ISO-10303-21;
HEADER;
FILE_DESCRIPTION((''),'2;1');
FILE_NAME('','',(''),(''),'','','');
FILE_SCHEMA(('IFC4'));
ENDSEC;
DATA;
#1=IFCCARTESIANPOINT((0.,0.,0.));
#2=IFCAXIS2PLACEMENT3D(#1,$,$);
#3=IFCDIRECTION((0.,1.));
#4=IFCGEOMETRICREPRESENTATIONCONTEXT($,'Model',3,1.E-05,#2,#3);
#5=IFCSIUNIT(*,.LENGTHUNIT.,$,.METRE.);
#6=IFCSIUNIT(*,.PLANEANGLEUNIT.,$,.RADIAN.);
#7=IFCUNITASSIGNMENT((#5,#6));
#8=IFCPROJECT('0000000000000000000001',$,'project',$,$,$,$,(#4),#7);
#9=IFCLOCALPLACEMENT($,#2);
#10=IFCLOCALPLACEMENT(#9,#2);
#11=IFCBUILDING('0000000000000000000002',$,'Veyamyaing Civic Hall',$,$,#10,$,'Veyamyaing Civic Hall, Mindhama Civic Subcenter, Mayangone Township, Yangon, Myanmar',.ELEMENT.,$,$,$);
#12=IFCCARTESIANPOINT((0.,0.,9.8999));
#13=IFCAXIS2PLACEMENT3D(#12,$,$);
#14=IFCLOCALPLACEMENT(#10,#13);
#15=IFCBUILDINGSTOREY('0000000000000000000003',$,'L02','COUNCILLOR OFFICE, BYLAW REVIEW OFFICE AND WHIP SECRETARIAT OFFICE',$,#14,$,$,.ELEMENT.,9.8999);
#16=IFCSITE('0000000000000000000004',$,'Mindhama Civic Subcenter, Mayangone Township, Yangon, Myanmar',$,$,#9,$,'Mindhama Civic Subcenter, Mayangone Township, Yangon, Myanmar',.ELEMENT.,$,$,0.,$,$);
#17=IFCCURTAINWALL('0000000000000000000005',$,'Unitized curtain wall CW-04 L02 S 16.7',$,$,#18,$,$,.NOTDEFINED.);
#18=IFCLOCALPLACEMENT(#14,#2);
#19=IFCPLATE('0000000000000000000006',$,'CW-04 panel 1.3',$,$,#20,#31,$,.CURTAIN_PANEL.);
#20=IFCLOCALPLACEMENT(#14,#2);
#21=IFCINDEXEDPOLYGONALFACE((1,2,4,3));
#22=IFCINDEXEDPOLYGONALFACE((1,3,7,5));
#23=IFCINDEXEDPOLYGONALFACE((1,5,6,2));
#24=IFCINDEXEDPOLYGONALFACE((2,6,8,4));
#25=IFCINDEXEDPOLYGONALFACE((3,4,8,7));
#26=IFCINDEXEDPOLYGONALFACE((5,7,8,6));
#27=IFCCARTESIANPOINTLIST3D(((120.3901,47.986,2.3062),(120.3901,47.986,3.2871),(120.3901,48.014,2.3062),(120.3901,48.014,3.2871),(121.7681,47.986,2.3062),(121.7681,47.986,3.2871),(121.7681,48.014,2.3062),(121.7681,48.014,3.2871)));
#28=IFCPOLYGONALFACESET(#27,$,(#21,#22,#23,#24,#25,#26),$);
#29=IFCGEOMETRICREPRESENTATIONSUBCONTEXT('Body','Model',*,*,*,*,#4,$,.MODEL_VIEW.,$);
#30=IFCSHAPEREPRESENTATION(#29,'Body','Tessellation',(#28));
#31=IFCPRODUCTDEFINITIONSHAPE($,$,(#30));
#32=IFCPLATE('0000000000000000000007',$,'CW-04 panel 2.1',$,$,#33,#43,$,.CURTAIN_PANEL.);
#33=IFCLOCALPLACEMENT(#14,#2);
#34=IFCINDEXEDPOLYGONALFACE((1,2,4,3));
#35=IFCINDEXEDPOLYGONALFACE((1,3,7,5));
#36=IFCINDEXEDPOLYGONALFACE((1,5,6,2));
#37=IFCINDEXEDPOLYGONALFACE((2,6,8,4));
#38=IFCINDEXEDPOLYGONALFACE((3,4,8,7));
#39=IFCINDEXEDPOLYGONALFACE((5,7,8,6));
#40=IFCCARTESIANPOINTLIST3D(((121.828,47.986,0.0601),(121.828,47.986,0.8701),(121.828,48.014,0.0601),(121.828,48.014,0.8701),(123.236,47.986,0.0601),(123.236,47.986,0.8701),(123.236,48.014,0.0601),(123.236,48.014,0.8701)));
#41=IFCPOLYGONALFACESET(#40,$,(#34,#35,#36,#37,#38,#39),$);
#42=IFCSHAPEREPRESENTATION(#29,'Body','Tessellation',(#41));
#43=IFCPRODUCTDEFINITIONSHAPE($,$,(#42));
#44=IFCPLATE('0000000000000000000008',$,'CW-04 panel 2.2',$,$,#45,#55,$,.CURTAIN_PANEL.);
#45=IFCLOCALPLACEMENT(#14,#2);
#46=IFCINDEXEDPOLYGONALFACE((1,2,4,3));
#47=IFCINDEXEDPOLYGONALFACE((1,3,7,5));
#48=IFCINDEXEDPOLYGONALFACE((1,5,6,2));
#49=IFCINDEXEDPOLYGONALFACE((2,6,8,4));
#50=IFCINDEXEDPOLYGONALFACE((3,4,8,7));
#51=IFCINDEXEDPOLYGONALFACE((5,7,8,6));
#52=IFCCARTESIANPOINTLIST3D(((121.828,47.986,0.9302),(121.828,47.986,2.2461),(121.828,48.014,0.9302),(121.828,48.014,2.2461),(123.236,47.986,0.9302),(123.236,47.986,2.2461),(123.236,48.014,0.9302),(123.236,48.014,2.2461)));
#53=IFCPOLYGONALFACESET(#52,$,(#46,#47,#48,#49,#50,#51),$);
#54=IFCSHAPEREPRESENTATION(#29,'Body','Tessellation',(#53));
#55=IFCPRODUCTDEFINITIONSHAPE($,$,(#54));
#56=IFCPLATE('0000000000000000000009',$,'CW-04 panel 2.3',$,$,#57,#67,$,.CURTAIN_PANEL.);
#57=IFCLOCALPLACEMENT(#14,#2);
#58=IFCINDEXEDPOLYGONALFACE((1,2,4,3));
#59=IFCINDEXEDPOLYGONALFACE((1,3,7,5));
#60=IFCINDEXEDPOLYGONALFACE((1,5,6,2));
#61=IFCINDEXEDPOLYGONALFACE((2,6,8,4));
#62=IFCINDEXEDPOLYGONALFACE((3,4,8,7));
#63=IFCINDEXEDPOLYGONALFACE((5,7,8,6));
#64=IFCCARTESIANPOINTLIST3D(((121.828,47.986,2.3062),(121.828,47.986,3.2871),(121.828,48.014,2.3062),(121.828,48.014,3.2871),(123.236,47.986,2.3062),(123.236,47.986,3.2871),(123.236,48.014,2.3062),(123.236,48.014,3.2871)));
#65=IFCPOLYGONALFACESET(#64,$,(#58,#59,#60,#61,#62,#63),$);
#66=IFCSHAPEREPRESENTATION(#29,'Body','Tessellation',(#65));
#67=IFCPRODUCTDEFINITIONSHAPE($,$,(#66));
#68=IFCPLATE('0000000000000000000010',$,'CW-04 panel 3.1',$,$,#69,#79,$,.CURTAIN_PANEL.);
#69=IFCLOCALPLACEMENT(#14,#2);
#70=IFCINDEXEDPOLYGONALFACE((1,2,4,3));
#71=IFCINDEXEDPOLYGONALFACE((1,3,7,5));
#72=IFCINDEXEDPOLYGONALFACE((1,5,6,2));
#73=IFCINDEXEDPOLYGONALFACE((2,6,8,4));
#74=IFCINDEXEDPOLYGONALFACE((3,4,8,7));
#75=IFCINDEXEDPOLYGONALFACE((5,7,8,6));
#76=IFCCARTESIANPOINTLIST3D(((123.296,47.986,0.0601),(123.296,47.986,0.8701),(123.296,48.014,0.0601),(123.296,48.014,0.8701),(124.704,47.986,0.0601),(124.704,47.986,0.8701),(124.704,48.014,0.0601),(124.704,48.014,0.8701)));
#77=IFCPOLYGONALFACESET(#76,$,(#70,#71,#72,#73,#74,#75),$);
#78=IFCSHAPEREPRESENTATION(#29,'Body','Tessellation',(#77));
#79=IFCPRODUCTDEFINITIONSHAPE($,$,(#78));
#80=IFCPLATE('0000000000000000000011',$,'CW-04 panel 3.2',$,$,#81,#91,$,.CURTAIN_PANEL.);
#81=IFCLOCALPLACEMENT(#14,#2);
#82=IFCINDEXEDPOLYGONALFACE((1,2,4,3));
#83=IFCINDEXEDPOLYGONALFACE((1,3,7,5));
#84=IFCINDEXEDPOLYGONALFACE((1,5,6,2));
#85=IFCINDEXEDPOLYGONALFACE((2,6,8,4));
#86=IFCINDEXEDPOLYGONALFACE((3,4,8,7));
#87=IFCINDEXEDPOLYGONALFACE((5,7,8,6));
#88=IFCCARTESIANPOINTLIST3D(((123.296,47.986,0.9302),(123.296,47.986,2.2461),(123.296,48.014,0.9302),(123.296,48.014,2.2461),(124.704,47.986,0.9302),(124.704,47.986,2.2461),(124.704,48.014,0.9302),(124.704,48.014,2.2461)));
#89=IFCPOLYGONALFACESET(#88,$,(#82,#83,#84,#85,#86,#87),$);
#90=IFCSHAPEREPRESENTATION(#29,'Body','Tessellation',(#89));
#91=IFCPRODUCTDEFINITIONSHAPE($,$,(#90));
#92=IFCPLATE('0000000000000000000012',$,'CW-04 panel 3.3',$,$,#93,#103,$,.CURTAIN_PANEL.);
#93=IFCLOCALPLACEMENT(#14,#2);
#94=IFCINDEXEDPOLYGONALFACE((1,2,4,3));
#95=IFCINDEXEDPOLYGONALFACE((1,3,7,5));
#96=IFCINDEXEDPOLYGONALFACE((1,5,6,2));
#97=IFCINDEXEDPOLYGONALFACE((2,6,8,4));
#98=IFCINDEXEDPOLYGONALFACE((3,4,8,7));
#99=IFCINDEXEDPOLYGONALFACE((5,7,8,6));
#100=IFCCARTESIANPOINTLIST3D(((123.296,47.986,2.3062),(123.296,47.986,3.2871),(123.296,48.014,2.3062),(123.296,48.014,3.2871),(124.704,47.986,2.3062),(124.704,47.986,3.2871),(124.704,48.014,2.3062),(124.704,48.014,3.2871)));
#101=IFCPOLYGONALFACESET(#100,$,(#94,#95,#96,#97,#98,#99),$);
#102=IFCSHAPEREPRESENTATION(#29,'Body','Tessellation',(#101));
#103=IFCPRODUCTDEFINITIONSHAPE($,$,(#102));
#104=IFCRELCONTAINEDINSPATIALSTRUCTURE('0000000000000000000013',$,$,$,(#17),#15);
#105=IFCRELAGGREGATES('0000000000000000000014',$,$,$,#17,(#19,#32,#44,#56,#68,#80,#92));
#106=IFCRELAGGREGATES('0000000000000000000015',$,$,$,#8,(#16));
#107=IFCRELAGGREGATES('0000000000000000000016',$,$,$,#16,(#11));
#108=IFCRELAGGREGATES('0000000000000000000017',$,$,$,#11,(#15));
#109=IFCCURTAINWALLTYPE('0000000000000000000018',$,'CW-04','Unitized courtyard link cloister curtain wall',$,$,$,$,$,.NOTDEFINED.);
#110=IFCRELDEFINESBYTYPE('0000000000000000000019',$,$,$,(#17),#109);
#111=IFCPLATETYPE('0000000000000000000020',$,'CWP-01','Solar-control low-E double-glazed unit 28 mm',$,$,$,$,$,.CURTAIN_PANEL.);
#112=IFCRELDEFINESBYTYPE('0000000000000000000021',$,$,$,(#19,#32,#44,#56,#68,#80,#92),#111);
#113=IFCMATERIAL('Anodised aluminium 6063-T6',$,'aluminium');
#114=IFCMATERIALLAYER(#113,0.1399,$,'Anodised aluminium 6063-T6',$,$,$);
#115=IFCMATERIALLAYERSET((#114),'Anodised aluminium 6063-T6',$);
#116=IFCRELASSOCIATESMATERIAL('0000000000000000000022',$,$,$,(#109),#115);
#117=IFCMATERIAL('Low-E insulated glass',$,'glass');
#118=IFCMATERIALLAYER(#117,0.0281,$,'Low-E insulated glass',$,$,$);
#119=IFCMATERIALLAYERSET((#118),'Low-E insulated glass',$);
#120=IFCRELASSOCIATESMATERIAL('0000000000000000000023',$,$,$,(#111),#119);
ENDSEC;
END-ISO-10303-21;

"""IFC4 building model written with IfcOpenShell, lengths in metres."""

from ifc_helpers import new_model, si_unit, direction, frame, origin, origin_2d, place, context, subcontext, project, spatial, rectangle, extrude, material, layer, layer_set, type_object, element, aggregate, save


model = new_model("IFC4")

# Units and contexts
model_context = context("Model", 3, precision=1e-05, world=origin(), true_north=direction((0.0, 1.0)))
body_context = subcontext(model_context, "Body", "Model", "MODEL_VIEW")
ifc_project = project(units=[si_unit("LENGTHUNIT", "METRE"), si_unit("PLANEANGLEUNIT", "RADIAN")], contexts=[model_context])

# Site, building, storey
site_placement = place(None, origin())
site = spatial("IfcSite", under=ifc_project, at=site_placement, Name="Mindhama Civic Subcenter, Mayangone Township, Yangon, Myanmar", LongName="Mindhama Civic Subcenter, Mayangone Township, Yangon, Myanmar", CompositionType="ELEMENT", RefElevation=0.0)
building_placement = place(site_placement, origin())
building = spatial("IfcBuilding", under=site, at=building_placement, Name="Veyamyaing Civic Hall", LongName="Veyamyaing Civic Hall, Mindhama Civic Subcenter, Mayangone Township, Yangon, Myanmar", CompositionType="ELEMENT")
storey_placement = place(building_placement, frame((0.0, 0.0, 9.8999)))
storey = spatial("IfcBuildingStorey", under=building, at=storey_placement, Name="L02", Description="COUNCILLOR OFFICE, BYLAW REVIEW OFFICE AND WHIP SECRETARIAT OFFICE", CompositionType="ELEMENT", Elevation=9.8999)

# Curtain wall, plates
ifc_material_1 = material(Name="Anodised aluminium 6063-T6", Category="aluminium")
ifc_layer_1 = layer(ifc_material_1, 0.1399, Name="Anodised aluminium 6063-T6")
ifc_layer_set_1 = layer_set([ifc_layer_1], Name="Anodised aluminium 6063-T6")
curtain_wall_type = type_object("IfcCurtainWallType", Name="CW-04", Description="Unitized courtyard link cloister curtain wall", PredefinedType="NOTDEFINED", material=ifc_layer_set_1)
curtain_wall_placement = place(storey_placement, origin())
curtain_wall = element("IfcCurtainWall", 1, at=curtain_wall_placement, inside=storey, type_object=curtain_wall_type, Name="Unitized curtain wall CW-04 L02 S 16.7", PredefinedType="NOTDEFINED")
ifc_material_2 = material(Name="Low-E insulated glass", Category="glass")
ifc_layer_2 = layer(ifc_material_2, 0.0281, Name="Low-E insulated glass")
ifc_layer_set_2 = layer_set([ifc_layer_2], Name="Low-E insulated glass")
plate_type = type_object("IfcPlateType", Name="CWP-01", Description="Solar-control low-E double-glazed unit 28 mm", PredefinedType="CURTAIN_PANEL", material=ifc_layer_set_2)
plate_1_placement = place(storey_placement, frame((121.0791, 48.0, 2.3062), z_axis=(0.0, 0.0, 1.0), x_axis=(1.0, 0.0, 0.0)))
plate_1 = element("IfcPlate", 2, at=plate_1_placement, type_object=plate_type, Name="CW-04 panel 1.3", PredefinedType="CURTAIN_PANEL", context=body_context, shape_type="SweptSolid", body=[
    extrude(rectangle(XDim=1.3779, YDim=0.0281, at=origin_2d()), origin(), (0.0, 0.0, 1.0), 0.981),
])
plate_2_placement = place(storey_placement, frame((122.532, 48.0, 0.0601), z_axis=(0.0, 0.0, 1.0), x_axis=(1.0, 0.0, 0.0)))
plate_2 = element("IfcPlate", 3, at=plate_2_placement, type_object=plate_type, Name="CW-04 panel 2.1", PredefinedType="CURTAIN_PANEL", context=body_context, shape_type="SweptSolid", body=[
    extrude(rectangle(XDim=1.408, YDim=0.0281, at=origin_2d()), origin(), (0.0, 0.0, 1.0), 0.8101),
])
plate_3_placement = place(storey_placement, frame((122.532, 48.0, 0.9302), z_axis=(0.0, 0.0, 1.0), x_axis=(1.0, 0.0, 0.0)))
plate_3 = element("IfcPlate", 4, at=plate_3_placement, type_object=plate_type, Name="CW-04 panel 2.2", PredefinedType="CURTAIN_PANEL", context=body_context, shape_type="SweptSolid", body=[
    extrude(rectangle(XDim=1.408, YDim=0.0281, at=origin_2d()), origin(), (0.0, 0.0, 1.0), 1.3159),
])
plate_4_placement = place(storey_placement, frame((122.532, 48.0, 2.3062), z_axis=(0.0, 0.0, 1.0), x_axis=(1.0, 0.0, 0.0)))
plate_4 = element("IfcPlate", 5, at=plate_4_placement, type_object=plate_type, Name="CW-04 panel 2.3", PredefinedType="CURTAIN_PANEL", context=body_context, shape_type="SweptSolid", body=[
    extrude(rectangle(XDim=1.408, YDim=0.0281, at=origin_2d()), origin(), (0.0, 0.0, 1.0), 0.981),
])
plate_5_placement = place(storey_placement, frame((124.0, 48.0, 0.0601), z_axis=(0.0, 0.0, 1.0), x_axis=(1.0, 0.0, 0.0)))
plate_5 = element("IfcPlate", 6, at=plate_5_placement, type_object=plate_type, Name="CW-04 panel 3.1", PredefinedType="CURTAIN_PANEL", context=body_context, shape_type="SweptSolid", body=[
    extrude(rectangle(XDim=1.408, YDim=0.0281, at=origin_2d()), origin(), (0.0, 0.0, 1.0), 0.8101),
])
plate_6_placement = place(storey_placement, frame((124.0, 48.0, 0.9302), z_axis=(0.0, 0.0, 1.0), x_axis=(1.0, 0.0, 0.0)))
plate_6 = element("IfcPlate", 7, at=plate_6_placement, type_object=plate_type, Name="CW-04 panel 3.2", PredefinedType="CURTAIN_PANEL", context=body_context, shape_type="SweptSolid", body=[
    extrude(rectangle(XDim=1.408, YDim=0.0281, at=origin_2d()), origin(), (0.0, 0.0, 1.0), 1.3159),
])
plate_7_placement = place(storey_placement, frame((124.0, 48.0, 2.3062), z_axis=(0.0, 0.0, 1.0), x_axis=(1.0, 0.0, 0.0)))
plate_7 = element("IfcPlate", 8, at=plate_7_placement, type_object=plate_type, Name="CW-04 panel 3.3", PredefinedType="CURTAIN_PANEL", context=body_context, shape_type="SweptSolid", body=[
    extrude(rectangle(XDim=1.408, YDim=0.0281, at=origin_2d()), origin(), (0.0, 0.0, 1.0), 0.981),
])
aggregate(curtain_wall, [plate_1, plate_2, plate_3, plate_4, plate_5, plate_6, plate_7])

save(model, "model.ifc")
